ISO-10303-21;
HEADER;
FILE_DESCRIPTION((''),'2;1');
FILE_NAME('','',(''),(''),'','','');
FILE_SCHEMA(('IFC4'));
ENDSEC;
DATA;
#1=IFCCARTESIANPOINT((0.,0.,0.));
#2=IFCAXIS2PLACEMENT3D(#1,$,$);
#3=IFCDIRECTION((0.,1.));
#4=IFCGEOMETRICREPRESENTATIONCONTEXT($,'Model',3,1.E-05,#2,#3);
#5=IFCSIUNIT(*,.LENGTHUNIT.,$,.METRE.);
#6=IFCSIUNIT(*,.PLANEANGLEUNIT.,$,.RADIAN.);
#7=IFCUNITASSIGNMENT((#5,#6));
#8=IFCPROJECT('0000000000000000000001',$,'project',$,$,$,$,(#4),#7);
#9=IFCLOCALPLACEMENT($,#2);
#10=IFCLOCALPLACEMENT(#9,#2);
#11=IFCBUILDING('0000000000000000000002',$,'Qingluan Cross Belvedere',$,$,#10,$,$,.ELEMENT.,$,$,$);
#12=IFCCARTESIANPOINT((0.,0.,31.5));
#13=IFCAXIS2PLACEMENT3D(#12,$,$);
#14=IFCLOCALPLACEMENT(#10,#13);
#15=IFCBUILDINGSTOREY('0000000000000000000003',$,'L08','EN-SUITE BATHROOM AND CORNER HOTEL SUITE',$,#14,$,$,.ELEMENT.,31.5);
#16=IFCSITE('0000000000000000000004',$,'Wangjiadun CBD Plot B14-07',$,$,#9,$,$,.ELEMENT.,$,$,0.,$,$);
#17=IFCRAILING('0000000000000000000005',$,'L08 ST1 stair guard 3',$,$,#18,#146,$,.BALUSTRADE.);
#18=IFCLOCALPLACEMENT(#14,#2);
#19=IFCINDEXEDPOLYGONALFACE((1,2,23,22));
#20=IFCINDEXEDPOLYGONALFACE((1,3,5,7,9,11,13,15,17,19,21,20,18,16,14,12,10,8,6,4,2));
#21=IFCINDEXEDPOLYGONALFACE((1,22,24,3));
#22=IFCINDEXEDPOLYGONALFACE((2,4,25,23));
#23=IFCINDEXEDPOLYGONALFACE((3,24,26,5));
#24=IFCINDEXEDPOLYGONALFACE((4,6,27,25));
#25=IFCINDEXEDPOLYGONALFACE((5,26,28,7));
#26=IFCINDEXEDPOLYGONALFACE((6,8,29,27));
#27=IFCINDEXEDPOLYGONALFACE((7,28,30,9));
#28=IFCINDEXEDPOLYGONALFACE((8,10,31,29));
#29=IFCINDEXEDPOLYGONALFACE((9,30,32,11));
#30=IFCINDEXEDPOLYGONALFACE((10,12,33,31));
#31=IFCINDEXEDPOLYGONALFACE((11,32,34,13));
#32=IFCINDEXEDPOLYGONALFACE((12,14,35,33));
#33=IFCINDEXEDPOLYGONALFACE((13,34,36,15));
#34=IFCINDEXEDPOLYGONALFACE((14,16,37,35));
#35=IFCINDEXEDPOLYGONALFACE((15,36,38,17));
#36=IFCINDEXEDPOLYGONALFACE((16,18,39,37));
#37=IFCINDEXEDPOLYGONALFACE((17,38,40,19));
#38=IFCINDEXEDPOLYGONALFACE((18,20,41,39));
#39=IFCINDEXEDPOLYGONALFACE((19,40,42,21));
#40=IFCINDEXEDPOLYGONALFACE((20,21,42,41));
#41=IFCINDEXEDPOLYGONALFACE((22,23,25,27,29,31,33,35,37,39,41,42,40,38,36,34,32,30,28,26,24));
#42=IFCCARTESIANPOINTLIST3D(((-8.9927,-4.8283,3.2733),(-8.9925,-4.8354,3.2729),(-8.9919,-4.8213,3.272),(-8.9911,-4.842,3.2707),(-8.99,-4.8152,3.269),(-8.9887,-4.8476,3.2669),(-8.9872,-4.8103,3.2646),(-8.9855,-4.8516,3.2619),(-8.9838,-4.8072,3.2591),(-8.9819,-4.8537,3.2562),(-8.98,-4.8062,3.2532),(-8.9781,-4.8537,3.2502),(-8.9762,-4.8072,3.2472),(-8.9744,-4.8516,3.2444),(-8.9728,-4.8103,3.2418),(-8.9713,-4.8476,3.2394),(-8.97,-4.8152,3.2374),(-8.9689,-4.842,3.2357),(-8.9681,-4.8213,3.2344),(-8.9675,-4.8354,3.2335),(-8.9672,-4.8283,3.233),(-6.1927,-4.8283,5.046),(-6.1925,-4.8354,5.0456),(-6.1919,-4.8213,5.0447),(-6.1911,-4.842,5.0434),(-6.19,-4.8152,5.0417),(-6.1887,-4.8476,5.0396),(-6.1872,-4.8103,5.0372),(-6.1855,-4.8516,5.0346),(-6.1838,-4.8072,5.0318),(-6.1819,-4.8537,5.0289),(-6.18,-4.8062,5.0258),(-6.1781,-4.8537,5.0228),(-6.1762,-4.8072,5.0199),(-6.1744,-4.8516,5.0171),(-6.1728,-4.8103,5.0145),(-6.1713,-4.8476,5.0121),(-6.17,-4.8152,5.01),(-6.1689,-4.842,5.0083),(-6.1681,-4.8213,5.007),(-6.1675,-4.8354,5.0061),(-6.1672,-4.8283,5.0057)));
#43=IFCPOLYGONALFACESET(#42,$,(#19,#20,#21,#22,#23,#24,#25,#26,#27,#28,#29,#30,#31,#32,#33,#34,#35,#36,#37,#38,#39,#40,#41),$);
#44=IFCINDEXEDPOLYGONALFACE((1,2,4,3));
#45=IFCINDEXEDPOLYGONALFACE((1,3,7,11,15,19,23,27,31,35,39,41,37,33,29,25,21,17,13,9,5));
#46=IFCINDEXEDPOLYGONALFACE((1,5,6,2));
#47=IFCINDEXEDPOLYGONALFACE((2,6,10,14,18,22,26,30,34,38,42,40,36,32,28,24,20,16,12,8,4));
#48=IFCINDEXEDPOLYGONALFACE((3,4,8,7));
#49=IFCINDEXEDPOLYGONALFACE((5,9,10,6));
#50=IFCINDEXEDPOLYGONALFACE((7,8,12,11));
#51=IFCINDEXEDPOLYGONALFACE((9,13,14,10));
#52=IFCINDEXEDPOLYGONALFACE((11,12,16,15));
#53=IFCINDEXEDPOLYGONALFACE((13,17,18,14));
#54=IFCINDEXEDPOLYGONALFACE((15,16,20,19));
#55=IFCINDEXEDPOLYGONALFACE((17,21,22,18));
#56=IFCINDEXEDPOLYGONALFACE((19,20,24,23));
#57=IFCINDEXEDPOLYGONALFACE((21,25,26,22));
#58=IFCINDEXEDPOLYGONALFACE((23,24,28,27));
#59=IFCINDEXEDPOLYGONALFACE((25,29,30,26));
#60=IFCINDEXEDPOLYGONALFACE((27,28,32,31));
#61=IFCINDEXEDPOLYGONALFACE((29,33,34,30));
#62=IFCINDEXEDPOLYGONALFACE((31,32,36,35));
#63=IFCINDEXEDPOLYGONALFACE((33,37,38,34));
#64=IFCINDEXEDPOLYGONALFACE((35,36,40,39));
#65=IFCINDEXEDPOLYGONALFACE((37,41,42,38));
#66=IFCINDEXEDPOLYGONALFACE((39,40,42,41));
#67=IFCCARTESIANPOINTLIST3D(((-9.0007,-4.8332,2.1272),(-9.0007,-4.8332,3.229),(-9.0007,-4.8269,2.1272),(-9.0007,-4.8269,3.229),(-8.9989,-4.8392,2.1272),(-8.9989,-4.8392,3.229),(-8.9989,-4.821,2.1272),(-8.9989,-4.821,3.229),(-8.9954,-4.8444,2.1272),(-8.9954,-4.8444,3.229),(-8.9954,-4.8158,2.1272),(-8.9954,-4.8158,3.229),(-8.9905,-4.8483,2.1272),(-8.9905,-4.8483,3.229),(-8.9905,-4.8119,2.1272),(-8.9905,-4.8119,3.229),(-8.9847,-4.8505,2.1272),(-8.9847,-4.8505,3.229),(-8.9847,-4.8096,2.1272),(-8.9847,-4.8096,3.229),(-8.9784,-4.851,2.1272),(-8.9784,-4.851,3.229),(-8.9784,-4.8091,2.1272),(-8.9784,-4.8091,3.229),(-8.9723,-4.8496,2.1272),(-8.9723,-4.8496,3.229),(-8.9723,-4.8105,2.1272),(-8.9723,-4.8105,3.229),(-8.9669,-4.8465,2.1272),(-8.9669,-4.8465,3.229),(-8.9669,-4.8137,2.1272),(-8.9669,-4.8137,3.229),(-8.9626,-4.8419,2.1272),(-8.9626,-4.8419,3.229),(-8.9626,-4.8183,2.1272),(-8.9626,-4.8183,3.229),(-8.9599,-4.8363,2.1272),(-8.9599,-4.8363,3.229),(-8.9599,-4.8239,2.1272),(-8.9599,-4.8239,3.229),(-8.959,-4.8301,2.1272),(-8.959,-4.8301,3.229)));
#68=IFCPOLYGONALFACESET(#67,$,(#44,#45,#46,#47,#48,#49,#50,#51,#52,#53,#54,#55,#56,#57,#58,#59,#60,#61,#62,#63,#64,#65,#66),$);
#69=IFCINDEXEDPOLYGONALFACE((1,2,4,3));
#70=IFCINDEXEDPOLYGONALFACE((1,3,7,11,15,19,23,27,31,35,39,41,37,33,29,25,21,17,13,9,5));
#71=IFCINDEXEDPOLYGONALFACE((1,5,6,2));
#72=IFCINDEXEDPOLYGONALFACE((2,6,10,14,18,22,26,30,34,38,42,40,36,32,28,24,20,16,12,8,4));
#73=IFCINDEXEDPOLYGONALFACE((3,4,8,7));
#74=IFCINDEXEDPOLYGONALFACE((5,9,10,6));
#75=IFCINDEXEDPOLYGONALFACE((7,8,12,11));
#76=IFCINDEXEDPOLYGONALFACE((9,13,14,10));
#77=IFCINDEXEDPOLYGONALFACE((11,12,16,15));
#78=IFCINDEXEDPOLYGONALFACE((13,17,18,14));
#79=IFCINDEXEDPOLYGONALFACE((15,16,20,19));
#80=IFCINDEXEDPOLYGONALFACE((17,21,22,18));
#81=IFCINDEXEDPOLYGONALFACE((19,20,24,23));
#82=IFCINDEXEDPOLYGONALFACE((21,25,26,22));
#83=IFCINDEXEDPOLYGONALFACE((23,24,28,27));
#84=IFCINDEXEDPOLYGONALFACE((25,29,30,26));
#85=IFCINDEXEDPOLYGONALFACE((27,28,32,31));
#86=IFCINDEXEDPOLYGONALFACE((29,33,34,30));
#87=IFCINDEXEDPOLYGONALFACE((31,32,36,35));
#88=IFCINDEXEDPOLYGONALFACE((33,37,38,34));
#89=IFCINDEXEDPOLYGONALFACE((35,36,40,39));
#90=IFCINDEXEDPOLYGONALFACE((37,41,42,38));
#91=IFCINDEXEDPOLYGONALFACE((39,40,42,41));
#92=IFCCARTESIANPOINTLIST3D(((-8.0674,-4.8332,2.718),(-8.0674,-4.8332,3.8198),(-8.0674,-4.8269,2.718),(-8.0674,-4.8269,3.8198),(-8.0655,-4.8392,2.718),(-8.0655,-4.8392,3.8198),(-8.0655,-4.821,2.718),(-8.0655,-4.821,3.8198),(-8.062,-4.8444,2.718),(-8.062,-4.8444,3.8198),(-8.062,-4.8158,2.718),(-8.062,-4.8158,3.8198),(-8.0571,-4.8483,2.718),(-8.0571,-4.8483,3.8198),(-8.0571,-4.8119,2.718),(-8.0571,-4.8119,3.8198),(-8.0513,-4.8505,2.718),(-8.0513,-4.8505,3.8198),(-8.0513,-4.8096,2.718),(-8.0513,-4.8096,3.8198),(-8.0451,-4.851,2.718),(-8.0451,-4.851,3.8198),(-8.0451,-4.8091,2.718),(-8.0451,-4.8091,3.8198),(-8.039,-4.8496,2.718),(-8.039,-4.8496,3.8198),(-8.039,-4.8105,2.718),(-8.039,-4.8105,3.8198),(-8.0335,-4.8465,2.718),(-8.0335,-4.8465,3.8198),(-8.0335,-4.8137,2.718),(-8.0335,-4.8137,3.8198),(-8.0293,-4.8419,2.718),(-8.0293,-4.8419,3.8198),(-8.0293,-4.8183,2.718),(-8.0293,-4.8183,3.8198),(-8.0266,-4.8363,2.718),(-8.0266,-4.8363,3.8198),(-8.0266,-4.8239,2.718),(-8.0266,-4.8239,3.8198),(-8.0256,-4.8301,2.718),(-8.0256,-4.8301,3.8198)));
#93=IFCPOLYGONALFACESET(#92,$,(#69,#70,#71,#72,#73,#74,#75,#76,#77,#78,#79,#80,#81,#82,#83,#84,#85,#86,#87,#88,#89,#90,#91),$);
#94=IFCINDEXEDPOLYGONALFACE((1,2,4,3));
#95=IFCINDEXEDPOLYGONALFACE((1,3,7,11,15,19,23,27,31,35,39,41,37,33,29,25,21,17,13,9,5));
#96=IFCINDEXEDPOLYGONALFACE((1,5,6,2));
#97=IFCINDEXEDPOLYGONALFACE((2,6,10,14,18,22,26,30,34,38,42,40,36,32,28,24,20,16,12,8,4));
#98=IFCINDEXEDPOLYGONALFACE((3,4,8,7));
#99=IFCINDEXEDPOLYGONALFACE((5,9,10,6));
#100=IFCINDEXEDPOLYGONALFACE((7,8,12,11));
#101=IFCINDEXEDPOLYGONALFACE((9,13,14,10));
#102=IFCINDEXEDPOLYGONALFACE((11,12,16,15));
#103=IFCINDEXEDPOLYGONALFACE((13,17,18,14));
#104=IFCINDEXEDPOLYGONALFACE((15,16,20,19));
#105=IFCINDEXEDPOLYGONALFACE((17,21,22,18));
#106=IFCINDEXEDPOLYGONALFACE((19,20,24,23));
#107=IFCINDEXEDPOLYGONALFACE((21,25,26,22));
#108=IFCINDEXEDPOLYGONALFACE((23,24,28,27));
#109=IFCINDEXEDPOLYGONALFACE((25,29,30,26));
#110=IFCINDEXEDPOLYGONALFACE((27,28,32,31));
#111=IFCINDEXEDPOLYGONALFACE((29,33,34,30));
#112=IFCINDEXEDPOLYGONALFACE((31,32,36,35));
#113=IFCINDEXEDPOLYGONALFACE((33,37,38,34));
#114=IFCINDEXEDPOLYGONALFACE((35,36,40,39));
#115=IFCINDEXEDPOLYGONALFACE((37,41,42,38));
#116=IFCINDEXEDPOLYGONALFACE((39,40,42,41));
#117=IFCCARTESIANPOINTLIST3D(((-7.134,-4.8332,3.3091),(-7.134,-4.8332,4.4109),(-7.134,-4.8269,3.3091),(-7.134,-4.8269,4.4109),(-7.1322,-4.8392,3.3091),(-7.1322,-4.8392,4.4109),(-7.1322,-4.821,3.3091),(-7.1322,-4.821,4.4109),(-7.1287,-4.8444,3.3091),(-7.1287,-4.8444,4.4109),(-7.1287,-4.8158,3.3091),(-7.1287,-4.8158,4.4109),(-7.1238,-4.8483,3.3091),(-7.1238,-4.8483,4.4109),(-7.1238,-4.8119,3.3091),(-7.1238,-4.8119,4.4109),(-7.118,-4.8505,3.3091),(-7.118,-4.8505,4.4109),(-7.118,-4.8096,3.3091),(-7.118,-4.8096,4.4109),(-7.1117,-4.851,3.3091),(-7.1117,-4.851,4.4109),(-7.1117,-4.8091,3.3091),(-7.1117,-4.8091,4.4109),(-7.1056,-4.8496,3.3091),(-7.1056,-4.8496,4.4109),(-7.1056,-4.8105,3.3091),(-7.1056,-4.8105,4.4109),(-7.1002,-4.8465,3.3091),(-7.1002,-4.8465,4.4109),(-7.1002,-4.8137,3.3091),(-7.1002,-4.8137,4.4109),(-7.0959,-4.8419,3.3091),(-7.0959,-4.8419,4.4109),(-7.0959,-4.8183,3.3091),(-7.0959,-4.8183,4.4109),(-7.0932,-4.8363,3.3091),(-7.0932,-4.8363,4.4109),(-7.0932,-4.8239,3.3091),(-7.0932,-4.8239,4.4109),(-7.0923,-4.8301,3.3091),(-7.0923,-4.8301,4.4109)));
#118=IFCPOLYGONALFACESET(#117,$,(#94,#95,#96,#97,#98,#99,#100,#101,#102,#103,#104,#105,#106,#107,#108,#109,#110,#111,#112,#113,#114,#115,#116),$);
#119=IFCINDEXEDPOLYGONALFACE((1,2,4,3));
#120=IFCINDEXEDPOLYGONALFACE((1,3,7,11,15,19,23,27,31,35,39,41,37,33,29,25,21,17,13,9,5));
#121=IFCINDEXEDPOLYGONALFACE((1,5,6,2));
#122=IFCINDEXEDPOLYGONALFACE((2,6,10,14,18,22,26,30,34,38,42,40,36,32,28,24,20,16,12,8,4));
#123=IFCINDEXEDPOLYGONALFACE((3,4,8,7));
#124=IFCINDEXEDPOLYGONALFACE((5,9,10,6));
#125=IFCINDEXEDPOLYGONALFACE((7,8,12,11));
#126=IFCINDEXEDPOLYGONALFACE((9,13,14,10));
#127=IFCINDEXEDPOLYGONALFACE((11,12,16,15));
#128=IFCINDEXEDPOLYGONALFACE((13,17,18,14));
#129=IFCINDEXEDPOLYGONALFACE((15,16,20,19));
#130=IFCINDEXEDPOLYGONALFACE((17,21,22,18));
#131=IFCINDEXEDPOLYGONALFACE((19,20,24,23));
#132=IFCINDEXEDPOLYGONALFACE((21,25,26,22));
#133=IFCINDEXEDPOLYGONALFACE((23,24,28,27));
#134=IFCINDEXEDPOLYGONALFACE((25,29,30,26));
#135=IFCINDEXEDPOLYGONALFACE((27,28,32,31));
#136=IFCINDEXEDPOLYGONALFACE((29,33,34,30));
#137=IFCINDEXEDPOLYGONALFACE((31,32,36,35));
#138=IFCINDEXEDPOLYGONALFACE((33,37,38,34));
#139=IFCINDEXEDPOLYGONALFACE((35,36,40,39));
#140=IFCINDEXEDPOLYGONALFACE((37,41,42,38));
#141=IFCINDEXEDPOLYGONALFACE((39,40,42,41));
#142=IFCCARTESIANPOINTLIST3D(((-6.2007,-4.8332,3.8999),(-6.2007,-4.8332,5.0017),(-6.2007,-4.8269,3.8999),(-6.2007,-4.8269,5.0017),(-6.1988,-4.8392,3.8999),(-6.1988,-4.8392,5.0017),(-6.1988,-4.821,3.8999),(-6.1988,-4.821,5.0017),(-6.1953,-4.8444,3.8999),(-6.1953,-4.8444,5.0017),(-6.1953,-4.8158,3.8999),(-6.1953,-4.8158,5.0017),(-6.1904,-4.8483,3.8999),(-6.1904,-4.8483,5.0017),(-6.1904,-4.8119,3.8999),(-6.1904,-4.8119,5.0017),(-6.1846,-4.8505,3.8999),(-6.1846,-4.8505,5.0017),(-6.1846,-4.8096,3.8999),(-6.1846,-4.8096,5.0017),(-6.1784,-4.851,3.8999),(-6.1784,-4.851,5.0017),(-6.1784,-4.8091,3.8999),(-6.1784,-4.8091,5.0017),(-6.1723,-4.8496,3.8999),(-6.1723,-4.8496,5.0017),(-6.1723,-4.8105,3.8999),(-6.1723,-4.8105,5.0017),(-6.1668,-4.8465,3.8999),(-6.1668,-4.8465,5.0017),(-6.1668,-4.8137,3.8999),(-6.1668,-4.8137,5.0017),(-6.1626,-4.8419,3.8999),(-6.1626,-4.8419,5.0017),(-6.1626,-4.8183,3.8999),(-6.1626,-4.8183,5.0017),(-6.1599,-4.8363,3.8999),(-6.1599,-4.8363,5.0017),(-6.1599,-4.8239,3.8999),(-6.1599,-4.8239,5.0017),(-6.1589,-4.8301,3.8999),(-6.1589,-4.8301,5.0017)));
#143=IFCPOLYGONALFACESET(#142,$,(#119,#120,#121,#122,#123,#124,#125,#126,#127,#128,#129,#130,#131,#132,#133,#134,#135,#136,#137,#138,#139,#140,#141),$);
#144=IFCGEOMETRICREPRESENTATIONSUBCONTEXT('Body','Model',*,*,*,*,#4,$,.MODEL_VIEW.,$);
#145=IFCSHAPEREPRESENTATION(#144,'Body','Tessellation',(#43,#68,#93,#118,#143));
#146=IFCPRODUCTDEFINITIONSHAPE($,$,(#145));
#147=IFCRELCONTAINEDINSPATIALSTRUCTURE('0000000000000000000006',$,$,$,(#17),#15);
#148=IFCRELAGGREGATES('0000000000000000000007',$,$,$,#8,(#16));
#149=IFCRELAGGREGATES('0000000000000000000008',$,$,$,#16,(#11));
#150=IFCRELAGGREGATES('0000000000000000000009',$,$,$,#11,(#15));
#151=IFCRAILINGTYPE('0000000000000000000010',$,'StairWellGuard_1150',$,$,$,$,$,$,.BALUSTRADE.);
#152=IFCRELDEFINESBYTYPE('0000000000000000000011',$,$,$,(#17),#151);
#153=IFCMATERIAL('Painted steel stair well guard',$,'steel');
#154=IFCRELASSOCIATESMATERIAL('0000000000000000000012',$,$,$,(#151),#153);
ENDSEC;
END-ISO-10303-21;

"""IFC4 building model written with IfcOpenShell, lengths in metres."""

from ifc_helpers import new_model, si_unit, direction, frame, origin, origin_2d, place, context, subcontext, project, spatial, circle, extrude, material, type_object, element, save


model = new_model("IFC4")

# Units and contexts
model_context = context("Model", 3, precision=1e-05, world=origin(), true_north=direction((0.0, 1.0)))
body_context = subcontext(model_context, "Body", "Model", "MODEL_VIEW")
ifc_project = project(units=[si_unit("LENGTHUNIT", "METRE"), si_unit("PLANEANGLEUNIT", "RADIAN")], contexts=[model_context])

# Site, building, storey
site_placement = place(None, origin())
site = spatial("IfcSite", under=ifc_project, at=site_placement, Name="Wangjiadun CBD Plot B14-07", CompositionType="ELEMENT", RefElevation=0.0)
building_placement = place(site_placement, origin())
building = spatial("IfcBuilding", under=site, at=building_placement, Name="Qingluan Cross Belvedere", CompositionType="ELEMENT")
storey_placement = place(building_placement, frame((0.0, 0.0, 31.5)))
storey = spatial("IfcBuildingStorey", under=building, at=storey_placement, Name="L08", Description="EN-SUITE BATHROOM AND CORNER HOTEL SUITE", CompositionType="ELEMENT", Elevation=31.5)

# Railing
ifc_material_1 = material(Name="Painted steel stair well guard", Category="steel")
railing_type_1 = type_object("IfcRailingType", Name="StairWellGuard_1150", PredefinedType="BALUSTRADE", material=ifc_material_1)
railing_1_placement = place(storey_placement, frame((-8.98, -4.8301, 2.1272)))
element("IfcRailing", 1, at=railing_1_placement, inside=storey, type_object=railing_type_1, Name="L08 ST1 stair guard 3", PredefinedType="BALUSTRADE", context=body_context, shape_type="SweptSolid", body=[
    extrude(circle(Radius=0.0239, at=origin_2d()), frame((0.0, 0.0, 1.126), z_axis=(0.844909, 0.0, 0.53491), x_axis=(0.0, 1.0, 0.0)), (0.0, 0.0, 1.0), 3.314),
    extrude(circle(Radius=0.021, at=origin_2d()), origin(), (0.0, 0.0, 1.0), 1.1018),
    extrude(circle(Radius=0.021, at=origin_2d()), frame((0.9333, 0.0, 0.5908)), (0.0, 0.0, 1.0), 1.1018),
    extrude(circle(Radius=0.021, at=origin_2d()), frame((1.8667, 0.0, 1.1819)), (0.0, 0.0, 1.0), 1.1018),
    extrude(circle(Radius=0.021, at=origin_2d()), frame((2.8, 0.0, 1.7727)), (0.0, 0.0, 1.0), 1.1018),
])

save(model, "model.ifc")
